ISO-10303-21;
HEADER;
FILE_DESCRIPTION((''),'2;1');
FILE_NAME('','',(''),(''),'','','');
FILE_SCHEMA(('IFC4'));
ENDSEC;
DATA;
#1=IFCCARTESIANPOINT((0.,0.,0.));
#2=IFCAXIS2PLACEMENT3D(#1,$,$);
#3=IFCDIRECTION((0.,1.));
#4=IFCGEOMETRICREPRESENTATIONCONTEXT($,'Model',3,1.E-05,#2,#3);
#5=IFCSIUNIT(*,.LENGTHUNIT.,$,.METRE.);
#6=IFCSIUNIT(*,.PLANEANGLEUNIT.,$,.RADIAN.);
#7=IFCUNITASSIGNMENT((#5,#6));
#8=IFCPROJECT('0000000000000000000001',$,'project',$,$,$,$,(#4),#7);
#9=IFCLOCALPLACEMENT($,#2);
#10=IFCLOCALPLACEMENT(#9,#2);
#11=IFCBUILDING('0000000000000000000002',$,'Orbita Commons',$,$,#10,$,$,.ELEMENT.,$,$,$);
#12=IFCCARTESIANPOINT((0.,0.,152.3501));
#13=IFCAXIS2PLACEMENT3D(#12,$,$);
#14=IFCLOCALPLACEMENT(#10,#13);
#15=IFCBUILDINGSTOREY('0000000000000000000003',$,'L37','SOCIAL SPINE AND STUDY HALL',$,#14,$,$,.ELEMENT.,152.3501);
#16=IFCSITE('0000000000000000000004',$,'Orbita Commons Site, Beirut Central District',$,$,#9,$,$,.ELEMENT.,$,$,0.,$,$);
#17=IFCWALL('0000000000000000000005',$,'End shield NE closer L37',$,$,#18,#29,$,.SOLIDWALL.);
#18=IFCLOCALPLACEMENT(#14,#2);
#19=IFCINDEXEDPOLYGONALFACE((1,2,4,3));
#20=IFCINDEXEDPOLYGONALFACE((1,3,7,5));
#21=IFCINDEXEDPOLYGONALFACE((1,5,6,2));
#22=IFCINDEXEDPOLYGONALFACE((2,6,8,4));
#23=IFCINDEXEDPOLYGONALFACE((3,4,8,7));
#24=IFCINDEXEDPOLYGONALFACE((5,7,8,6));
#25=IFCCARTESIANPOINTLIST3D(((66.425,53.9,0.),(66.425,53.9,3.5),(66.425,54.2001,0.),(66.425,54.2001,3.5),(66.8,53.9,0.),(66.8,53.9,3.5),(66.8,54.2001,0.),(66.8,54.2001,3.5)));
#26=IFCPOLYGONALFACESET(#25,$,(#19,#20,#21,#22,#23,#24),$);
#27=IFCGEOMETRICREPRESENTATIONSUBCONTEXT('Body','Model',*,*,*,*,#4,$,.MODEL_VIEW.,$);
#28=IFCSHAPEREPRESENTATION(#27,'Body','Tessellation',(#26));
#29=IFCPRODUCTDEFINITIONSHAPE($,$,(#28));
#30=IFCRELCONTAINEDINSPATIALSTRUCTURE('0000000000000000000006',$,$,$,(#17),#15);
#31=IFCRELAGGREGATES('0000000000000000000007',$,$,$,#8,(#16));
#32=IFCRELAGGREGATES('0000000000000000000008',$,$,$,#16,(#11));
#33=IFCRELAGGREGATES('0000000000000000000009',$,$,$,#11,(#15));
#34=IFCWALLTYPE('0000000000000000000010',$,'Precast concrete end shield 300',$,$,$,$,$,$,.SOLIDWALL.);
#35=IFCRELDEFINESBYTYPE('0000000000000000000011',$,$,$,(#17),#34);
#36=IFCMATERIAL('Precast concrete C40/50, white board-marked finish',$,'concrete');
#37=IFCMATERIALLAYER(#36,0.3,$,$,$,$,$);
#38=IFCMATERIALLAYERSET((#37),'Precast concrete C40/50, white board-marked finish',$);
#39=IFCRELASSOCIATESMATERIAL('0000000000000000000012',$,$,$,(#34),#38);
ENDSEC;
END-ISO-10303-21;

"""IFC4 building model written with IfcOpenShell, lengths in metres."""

from ifc_helpers import new_model, si_unit, direction, frame, frame_2d, origin, place, context, subcontext, project, spatial, rectangle, extrude, material, layer, layer_set, type_object, element, save


model = new_model("IFC4")

# Units and contexts
model_context = context("Model", 3, precision=1e-05, world=origin(), true_north=direction((0.0, 1.0)))
body_context = subcontext(model_context, "Body", "Model", "MODEL_VIEW")
ifc_project = project(units=[si_unit("LENGTHUNIT", "METRE"), si_unit("PLANEANGLEUNIT", "RADIAN")], contexts=[model_context])

# Site, building, storey
site_placement = place(None, origin())
site = spatial("IfcSite", under=ifc_project, at=site_placement, Name="Orbita Commons Site, Beirut Central District", CompositionType="ELEMENT", RefElevation=0.0)
building_placement = place(site_placement, origin())
building = spatial("IfcBuilding", under=site, at=building_placement, Name="Orbita Commons", CompositionType="ELEMENT")
storey_placement = place(building_placement, frame((0.0, 0.0, 152.3501)))
storey = spatial("IfcBuildingStorey", under=building, at=storey_placement, Name="L37", Description="SOCIAL SPINE AND STUDY HALL", CompositionType="ELEMENT", Elevation=152.3501)

# Shared definitions
ifc_material_1 = material(Name="Precast concrete C40/50, white board-marked finish", Category="concrete")
ifc_layer_1 = layer(ifc_material_1, 0.3)
ifc_layer_set_1 = layer_set([ifc_layer_1], Name="Precast concrete C40/50, white board-marked finish")
wall_type_1 = type_object("IfcWallType", Name="Precast concrete end shield 300", PredefinedType="SOLIDWALL", material=ifc_layer_set_1)

# Wall
wall_1_placement = place(storey_placement, frame((66.8, 54.05, 0.0), z_axis=(0.0, 0.0, 1.0), x_axis=(-1.0, 0.0, 0.0)))
element("IfcWall", 1, at=wall_1_placement, inside=storey, type_object=wall_type_1, Name="End shield NE closer L37", PredefinedType="SOLIDWALL", context=body_context, shape_type="SweptSolid", body=[
    extrude(rectangle(XDim=0.375, YDim=0.3, at=frame_2d((0.1875, 0.0))), origin(), (0.0, 0.0, 1.0), 3.5),
])

save(model, "model.ifc")
